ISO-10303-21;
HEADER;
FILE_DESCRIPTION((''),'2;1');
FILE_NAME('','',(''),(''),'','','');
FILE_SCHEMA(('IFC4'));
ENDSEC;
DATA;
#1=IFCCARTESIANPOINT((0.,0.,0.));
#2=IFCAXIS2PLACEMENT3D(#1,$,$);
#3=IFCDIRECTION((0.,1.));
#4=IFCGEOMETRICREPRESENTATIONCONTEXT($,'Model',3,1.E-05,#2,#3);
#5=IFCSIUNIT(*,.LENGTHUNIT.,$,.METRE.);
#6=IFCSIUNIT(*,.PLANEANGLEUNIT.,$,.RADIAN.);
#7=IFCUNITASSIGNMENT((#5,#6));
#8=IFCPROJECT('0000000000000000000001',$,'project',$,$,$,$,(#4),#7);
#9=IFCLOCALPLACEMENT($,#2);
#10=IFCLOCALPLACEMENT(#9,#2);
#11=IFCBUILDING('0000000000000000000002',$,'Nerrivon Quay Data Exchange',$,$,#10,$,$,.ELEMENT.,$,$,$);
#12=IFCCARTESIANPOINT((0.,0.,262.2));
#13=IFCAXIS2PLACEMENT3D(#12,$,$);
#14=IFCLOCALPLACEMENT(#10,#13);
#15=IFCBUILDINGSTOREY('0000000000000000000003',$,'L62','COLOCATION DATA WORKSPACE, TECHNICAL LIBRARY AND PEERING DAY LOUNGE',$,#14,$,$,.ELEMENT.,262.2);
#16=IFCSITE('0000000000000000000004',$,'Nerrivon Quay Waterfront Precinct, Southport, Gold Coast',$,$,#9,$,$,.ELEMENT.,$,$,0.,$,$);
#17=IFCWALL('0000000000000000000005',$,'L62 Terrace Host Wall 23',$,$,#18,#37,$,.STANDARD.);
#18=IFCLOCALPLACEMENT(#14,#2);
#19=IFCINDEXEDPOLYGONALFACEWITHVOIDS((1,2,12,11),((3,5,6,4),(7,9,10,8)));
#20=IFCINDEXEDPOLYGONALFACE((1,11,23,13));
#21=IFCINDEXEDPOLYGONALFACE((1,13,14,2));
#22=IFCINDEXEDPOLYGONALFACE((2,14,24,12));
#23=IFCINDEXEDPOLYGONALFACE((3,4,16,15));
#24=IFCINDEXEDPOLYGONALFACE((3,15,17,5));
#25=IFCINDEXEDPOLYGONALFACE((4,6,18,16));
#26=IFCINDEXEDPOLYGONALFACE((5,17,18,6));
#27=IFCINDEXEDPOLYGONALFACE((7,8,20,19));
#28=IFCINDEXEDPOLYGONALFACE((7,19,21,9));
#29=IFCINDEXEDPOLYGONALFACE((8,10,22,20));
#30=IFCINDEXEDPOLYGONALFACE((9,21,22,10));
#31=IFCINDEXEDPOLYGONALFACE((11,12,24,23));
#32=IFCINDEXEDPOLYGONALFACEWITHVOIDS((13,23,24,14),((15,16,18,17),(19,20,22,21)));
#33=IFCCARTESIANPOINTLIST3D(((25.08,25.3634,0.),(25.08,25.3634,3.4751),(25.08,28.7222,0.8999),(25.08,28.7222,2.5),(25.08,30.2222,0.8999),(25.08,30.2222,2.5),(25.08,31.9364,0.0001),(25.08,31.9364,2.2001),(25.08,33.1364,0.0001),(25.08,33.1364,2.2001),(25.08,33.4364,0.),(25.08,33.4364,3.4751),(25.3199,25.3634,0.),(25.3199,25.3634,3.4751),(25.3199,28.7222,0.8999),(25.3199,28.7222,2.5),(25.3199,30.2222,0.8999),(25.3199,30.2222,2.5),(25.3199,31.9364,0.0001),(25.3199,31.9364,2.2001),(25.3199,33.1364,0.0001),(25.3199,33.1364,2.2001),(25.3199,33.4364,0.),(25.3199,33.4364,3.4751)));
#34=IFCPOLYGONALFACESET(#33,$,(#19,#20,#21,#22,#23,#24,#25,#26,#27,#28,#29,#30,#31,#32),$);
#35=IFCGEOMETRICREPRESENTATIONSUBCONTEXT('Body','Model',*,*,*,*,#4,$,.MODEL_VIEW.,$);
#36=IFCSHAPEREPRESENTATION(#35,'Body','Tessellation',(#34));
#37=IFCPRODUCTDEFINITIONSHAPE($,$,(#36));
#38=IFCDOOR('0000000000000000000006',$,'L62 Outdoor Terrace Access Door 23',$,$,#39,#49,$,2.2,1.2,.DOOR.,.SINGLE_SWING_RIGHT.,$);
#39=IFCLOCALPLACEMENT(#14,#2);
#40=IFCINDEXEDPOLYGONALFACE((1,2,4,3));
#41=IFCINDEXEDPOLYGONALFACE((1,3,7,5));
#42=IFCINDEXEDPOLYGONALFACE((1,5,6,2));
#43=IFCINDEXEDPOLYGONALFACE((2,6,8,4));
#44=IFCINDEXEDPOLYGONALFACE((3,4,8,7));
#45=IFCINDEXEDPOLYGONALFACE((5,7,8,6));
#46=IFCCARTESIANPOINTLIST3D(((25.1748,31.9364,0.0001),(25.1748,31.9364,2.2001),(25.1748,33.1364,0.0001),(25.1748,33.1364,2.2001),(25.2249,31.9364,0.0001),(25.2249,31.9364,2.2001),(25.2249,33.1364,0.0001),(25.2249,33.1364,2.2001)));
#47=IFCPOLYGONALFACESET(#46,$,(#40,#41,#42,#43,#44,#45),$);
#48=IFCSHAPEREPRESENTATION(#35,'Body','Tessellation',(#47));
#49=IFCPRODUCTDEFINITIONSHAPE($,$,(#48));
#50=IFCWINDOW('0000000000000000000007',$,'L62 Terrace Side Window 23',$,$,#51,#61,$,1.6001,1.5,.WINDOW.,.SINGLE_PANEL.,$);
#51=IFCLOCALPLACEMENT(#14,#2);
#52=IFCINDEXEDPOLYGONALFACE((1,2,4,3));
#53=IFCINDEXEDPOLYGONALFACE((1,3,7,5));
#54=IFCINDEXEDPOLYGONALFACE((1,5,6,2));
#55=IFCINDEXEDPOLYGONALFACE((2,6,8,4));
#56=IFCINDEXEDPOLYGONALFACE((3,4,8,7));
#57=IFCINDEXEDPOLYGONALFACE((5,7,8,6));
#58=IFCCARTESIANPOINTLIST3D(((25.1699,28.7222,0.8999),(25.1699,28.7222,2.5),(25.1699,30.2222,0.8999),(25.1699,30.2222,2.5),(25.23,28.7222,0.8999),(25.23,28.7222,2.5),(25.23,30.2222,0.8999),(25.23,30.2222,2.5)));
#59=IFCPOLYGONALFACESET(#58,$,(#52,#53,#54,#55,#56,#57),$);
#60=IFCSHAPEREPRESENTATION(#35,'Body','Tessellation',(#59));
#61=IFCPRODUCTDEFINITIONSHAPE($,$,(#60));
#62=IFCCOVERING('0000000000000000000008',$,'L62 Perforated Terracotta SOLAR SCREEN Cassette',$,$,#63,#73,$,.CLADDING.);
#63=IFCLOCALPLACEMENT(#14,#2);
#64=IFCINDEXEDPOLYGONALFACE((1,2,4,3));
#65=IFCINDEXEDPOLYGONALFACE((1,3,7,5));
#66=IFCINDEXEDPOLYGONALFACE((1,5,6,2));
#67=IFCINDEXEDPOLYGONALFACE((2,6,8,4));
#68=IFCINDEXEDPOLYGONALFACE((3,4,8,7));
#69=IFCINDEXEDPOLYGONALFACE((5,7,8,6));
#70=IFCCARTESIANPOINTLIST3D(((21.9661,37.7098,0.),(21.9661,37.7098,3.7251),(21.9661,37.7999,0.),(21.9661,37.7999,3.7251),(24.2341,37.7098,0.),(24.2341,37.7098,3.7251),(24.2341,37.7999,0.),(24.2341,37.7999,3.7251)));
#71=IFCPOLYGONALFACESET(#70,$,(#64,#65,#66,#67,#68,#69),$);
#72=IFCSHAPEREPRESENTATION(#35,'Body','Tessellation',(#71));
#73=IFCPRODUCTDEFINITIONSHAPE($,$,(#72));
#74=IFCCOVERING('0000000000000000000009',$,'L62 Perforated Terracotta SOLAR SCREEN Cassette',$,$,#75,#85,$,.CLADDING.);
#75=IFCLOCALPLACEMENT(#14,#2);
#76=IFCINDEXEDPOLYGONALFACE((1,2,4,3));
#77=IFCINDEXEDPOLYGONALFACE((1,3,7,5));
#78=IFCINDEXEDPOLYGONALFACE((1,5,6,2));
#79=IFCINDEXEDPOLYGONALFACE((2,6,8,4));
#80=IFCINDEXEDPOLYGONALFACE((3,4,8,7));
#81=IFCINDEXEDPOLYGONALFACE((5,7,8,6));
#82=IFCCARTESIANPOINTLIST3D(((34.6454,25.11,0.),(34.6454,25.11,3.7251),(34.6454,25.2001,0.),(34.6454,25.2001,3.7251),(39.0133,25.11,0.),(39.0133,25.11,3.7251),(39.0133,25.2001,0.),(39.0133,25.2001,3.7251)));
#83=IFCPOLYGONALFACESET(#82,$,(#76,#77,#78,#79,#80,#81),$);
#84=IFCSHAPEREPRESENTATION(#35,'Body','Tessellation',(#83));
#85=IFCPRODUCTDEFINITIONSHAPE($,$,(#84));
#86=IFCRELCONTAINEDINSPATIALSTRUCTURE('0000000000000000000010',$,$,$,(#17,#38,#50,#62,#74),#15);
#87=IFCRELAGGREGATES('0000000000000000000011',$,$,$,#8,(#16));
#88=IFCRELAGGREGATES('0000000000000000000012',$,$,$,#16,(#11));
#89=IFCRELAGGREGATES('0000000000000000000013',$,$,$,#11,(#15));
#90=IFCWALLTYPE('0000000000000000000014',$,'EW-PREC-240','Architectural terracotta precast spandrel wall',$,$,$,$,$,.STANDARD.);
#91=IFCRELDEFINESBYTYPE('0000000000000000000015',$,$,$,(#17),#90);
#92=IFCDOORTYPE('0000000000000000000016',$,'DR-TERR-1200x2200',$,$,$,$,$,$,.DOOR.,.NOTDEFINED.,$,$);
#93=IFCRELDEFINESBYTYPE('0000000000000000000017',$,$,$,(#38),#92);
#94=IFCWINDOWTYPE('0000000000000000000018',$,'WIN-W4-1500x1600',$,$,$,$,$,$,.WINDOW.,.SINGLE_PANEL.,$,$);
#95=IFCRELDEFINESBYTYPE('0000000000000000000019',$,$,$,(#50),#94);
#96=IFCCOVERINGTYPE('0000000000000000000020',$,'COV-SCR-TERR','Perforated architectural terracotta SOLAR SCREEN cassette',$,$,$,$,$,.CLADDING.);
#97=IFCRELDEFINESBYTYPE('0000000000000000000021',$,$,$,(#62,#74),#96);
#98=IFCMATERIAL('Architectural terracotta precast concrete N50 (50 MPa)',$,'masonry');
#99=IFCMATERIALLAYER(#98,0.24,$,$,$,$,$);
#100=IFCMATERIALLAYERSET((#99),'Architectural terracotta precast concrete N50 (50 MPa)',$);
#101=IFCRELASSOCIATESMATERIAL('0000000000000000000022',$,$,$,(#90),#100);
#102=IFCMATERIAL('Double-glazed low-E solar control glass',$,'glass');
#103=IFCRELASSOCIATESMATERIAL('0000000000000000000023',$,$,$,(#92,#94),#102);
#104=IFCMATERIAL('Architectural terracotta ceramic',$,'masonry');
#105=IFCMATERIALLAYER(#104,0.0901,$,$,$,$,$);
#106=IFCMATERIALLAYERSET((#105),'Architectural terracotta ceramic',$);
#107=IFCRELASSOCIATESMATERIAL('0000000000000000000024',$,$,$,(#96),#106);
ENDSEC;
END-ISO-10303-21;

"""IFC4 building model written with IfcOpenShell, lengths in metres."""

from ifc_helpers import new_model, si_unit, direction, frame, frame_2d, origin, origin_2d, place, context, subcontext, project, spatial, rectangle, extrude, material, layer, layer_set, type_object, element, fill, save


model = new_model("IFC4")

# Units and contexts
model_context = context("Model", 3, precision=1e-05, world=origin(), true_north=direction((0.0, 1.0)))
body_context = subcontext(model_context, "Body", "Model", "MODEL_VIEW")
ifc_project = project(units=[si_unit("LENGTHUNIT", "METRE"), si_unit("PLANEANGLEUNIT", "RADIAN")], contexts=[model_context])

# Site, building, storey
site_placement = place(None, origin())
site = spatial("IfcSite", under=ifc_project, at=site_placement, Name="Nerrivon Quay Waterfront Precinct, Southport, Gold Coast", CompositionType="ELEMENT", RefElevation=0.0)
building_placement = place(site_placement, origin())
building = spatial("IfcBuilding", under=site, at=building_placement, Name="Nerrivon Quay Data Exchange", CompositionType="ELEMENT")
storey_placement = place(building_placement, frame((0.0, 0.0, 262.2)))
storey = spatial("IfcBuildingStorey", under=building, at=storey_placement, Name="L62", Description="COLOCATION DATA WORKSPACE, TECHNICAL LIBRARY AND PEERING DAY LOUNGE", CompositionType="ELEMENT", Elevation=262.2)

# Shared definitions
ifc_material_1 = material(Name="Double-glazed low-E solar control glass", Category="glass")

# Shared definitions
ifc_material_2 = material(Name="Architectural terracotta precast concrete N50 (50 MPa)", Category="masonry")
ifc_layer_1 = layer(ifc_material_2, 0.24)
ifc_layer_set_1 = layer_set([ifc_layer_1], Name="Architectural terracotta precast concrete N50 (50 MPa)")
wall_type = type_object("IfcWallType", Name="EW-PREC-240", Description="Architectural terracotta precast spandrel wall", PredefinedType="STANDARD", material=ifc_layer_set_1)
door_type = type_object("IfcDoorType", Name="DR-TERR-1200x2200", OperationType="NOTDEFINED", PredefinedType="DOOR", material=ifc_material_1)

# Wall, openings, door, window
wall_1_placement = place(storey_placement, frame((25.2, 33.4365, 0.0), z_axis=(0.0, 0.0, 1.0), x_axis=(0.0, -1.0, 0.0)))
wall_1 = element("IfcWall", 1, at=wall_1_placement, inside=storey, type_object=wall_type, Name="L62 Terrace Host Wall 23", PredefinedType="STANDARD", context=body_context, shape_type="SweptSolid", body=[
    extrude(rectangle(XDim=8.073, YDim=0.24, at=frame_2d((4.0366, 0.0))), origin(), (0.0, 0.0, 1.0), 3.4751),
])
opening_1_placement = place(wall_1_placement, frame((0.3, 0.0, 0.0)))
opening_1 = element("IfcOpeningElement", 2, at=opening_1_placement, cuts=wall_1, PredefinedType="OPENING", context=body_context, shape_type="SweptSolid", body=[
    extrude(rectangle(XDim=1.2, YDim=2.2, at=frame_2d((0.6001, 1.1001))), frame((0.0, 0.1299, 0.0), z_axis=(0.0, -1.0, 0.0), x_axis=(1.0, 0.0, 0.0)), (0.0, 0.0, 1.0), 0.26),
])
opening_2_placement = place(wall_1_placement, frame((3.2144, 0.0, 0.8999)))
opening_2 = element("IfcOpeningElement", 3, at=opening_2_placement, cuts=wall_1, PredefinedType="OPENING", context=body_context, shape_type="SweptSolid", body=[
    extrude(rectangle(XDim=1.5, YDim=1.6001, at=frame_2d((0.75, 0.8))), frame((0.0, 0.1299, 0.0), z_axis=(0.0, -1.0, 0.0), x_axis=(1.0, 0.0, 0.0)), (0.0, 0.0, 1.0), 0.26),
])
door_1_placement = place(opening_1_placement, origin())
door_1 = element("IfcDoor", 4, at=door_1_placement, inside=storey, type_object=door_type, Name="L62 Outdoor Terrace Access Door 23", OperationType="SINGLE_SWING_RIGHT", OverallHeight=2.2, OverallWidth=1.2, PredefinedType="DOOR", context=body_context, shape_type="SweptSolid", body=[
    extrude(rectangle(XDim=1.2, YDim=2.2, at=frame_2d((0.6001, 1.1001))), frame((0.0, 0.0249, 0.0), z_axis=(0.0, -1.0, 0.0), x_axis=(1.0, 0.0, 0.0)), (0.0, 0.0, 1.0), 0.05),
])
fill(opening_1, door_1)
window_type = type_object("IfcWindowType", Name="WIN-W4-1500x1600", PartitioningType="SINGLE_PANEL", PredefinedType="WINDOW", material=ifc_material_1)
window_placement = place(opening_2_placement, origin())
window = element("IfcWindow", 5, at=window_placement, inside=storey, type_object=window_type, Name="L62 Terrace Side Window 23", OverallHeight=1.6001, OverallWidth=1.5, PartitioningType="SINGLE_PANEL", PredefinedType="WINDOW", context=body_context, shape_type="SweptSolid", body=[
    extrude(rectangle(XDim=1.5, YDim=1.6001, at=frame_2d((0.75, 0.8))), frame((0.0, 0.03, 0.0), z_axis=(0.0, -1.0, 0.0), x_axis=(1.0, 0.0, 0.0)), (0.0, 0.0, 1.0), 0.0601),
])
fill(opening_2, window)

# Coverings
ifc_material_3 = material(Name="Architectural terracotta ceramic", Category="masonry")
ifc_layer_2 = layer(ifc_material_3, 0.0901)
ifc_layer_set_2 = layer_set([ifc_layer_2], Name="Architectural terracotta ceramic")
covering_type = type_object("IfcCoveringType", Name="COV-SCR-TERR", Description="Perforated architectural terracotta SOLAR SCREEN cassette", PredefinedType="CLADDING", material=ifc_layer_set_2)
covering_1_placement = place(storey_placement, frame((23.1001, 37.7549, 0.0), z_axis=(0.0, 0.0, 1.0), x_axis=(1.0, 0.0, 0.0)))
element("IfcCovering", 6, at=covering_1_placement, inside=storey, type_object=covering_type, Name="L62 Perforated Terracotta SOLAR SCREEN Cassette", PredefinedType="CLADDING", context=body_context, shape_type="SweptSolid", body=[
    extrude(rectangle(XDim=2.2681, YDim=0.0901, at=origin_2d()), origin(), (0.0, 0.0, 1.0), 3.7251),
])
covering_2_placement = place(storey_placement, frame((36.8293, 25.155, 0.0), z_axis=(0.0, 0.0, 1.0), x_axis=(1.0, 0.0, 0.0)))
element("IfcCovering", 7, at=covering_2_placement, inside=storey, type_object=covering_type, Name="L62 Perforated Terracotta SOLAR SCREEN Cassette", PredefinedType="CLADDING", context=body_context, shape_type="SweptSolid", body=[
    extrude(rectangle(XDim=4.3679, YDim=0.0901, at=origin_2d()), origin(), (0.0, 0.0, 1.0), 3.7251),
])

save(model, "model.ifc")
